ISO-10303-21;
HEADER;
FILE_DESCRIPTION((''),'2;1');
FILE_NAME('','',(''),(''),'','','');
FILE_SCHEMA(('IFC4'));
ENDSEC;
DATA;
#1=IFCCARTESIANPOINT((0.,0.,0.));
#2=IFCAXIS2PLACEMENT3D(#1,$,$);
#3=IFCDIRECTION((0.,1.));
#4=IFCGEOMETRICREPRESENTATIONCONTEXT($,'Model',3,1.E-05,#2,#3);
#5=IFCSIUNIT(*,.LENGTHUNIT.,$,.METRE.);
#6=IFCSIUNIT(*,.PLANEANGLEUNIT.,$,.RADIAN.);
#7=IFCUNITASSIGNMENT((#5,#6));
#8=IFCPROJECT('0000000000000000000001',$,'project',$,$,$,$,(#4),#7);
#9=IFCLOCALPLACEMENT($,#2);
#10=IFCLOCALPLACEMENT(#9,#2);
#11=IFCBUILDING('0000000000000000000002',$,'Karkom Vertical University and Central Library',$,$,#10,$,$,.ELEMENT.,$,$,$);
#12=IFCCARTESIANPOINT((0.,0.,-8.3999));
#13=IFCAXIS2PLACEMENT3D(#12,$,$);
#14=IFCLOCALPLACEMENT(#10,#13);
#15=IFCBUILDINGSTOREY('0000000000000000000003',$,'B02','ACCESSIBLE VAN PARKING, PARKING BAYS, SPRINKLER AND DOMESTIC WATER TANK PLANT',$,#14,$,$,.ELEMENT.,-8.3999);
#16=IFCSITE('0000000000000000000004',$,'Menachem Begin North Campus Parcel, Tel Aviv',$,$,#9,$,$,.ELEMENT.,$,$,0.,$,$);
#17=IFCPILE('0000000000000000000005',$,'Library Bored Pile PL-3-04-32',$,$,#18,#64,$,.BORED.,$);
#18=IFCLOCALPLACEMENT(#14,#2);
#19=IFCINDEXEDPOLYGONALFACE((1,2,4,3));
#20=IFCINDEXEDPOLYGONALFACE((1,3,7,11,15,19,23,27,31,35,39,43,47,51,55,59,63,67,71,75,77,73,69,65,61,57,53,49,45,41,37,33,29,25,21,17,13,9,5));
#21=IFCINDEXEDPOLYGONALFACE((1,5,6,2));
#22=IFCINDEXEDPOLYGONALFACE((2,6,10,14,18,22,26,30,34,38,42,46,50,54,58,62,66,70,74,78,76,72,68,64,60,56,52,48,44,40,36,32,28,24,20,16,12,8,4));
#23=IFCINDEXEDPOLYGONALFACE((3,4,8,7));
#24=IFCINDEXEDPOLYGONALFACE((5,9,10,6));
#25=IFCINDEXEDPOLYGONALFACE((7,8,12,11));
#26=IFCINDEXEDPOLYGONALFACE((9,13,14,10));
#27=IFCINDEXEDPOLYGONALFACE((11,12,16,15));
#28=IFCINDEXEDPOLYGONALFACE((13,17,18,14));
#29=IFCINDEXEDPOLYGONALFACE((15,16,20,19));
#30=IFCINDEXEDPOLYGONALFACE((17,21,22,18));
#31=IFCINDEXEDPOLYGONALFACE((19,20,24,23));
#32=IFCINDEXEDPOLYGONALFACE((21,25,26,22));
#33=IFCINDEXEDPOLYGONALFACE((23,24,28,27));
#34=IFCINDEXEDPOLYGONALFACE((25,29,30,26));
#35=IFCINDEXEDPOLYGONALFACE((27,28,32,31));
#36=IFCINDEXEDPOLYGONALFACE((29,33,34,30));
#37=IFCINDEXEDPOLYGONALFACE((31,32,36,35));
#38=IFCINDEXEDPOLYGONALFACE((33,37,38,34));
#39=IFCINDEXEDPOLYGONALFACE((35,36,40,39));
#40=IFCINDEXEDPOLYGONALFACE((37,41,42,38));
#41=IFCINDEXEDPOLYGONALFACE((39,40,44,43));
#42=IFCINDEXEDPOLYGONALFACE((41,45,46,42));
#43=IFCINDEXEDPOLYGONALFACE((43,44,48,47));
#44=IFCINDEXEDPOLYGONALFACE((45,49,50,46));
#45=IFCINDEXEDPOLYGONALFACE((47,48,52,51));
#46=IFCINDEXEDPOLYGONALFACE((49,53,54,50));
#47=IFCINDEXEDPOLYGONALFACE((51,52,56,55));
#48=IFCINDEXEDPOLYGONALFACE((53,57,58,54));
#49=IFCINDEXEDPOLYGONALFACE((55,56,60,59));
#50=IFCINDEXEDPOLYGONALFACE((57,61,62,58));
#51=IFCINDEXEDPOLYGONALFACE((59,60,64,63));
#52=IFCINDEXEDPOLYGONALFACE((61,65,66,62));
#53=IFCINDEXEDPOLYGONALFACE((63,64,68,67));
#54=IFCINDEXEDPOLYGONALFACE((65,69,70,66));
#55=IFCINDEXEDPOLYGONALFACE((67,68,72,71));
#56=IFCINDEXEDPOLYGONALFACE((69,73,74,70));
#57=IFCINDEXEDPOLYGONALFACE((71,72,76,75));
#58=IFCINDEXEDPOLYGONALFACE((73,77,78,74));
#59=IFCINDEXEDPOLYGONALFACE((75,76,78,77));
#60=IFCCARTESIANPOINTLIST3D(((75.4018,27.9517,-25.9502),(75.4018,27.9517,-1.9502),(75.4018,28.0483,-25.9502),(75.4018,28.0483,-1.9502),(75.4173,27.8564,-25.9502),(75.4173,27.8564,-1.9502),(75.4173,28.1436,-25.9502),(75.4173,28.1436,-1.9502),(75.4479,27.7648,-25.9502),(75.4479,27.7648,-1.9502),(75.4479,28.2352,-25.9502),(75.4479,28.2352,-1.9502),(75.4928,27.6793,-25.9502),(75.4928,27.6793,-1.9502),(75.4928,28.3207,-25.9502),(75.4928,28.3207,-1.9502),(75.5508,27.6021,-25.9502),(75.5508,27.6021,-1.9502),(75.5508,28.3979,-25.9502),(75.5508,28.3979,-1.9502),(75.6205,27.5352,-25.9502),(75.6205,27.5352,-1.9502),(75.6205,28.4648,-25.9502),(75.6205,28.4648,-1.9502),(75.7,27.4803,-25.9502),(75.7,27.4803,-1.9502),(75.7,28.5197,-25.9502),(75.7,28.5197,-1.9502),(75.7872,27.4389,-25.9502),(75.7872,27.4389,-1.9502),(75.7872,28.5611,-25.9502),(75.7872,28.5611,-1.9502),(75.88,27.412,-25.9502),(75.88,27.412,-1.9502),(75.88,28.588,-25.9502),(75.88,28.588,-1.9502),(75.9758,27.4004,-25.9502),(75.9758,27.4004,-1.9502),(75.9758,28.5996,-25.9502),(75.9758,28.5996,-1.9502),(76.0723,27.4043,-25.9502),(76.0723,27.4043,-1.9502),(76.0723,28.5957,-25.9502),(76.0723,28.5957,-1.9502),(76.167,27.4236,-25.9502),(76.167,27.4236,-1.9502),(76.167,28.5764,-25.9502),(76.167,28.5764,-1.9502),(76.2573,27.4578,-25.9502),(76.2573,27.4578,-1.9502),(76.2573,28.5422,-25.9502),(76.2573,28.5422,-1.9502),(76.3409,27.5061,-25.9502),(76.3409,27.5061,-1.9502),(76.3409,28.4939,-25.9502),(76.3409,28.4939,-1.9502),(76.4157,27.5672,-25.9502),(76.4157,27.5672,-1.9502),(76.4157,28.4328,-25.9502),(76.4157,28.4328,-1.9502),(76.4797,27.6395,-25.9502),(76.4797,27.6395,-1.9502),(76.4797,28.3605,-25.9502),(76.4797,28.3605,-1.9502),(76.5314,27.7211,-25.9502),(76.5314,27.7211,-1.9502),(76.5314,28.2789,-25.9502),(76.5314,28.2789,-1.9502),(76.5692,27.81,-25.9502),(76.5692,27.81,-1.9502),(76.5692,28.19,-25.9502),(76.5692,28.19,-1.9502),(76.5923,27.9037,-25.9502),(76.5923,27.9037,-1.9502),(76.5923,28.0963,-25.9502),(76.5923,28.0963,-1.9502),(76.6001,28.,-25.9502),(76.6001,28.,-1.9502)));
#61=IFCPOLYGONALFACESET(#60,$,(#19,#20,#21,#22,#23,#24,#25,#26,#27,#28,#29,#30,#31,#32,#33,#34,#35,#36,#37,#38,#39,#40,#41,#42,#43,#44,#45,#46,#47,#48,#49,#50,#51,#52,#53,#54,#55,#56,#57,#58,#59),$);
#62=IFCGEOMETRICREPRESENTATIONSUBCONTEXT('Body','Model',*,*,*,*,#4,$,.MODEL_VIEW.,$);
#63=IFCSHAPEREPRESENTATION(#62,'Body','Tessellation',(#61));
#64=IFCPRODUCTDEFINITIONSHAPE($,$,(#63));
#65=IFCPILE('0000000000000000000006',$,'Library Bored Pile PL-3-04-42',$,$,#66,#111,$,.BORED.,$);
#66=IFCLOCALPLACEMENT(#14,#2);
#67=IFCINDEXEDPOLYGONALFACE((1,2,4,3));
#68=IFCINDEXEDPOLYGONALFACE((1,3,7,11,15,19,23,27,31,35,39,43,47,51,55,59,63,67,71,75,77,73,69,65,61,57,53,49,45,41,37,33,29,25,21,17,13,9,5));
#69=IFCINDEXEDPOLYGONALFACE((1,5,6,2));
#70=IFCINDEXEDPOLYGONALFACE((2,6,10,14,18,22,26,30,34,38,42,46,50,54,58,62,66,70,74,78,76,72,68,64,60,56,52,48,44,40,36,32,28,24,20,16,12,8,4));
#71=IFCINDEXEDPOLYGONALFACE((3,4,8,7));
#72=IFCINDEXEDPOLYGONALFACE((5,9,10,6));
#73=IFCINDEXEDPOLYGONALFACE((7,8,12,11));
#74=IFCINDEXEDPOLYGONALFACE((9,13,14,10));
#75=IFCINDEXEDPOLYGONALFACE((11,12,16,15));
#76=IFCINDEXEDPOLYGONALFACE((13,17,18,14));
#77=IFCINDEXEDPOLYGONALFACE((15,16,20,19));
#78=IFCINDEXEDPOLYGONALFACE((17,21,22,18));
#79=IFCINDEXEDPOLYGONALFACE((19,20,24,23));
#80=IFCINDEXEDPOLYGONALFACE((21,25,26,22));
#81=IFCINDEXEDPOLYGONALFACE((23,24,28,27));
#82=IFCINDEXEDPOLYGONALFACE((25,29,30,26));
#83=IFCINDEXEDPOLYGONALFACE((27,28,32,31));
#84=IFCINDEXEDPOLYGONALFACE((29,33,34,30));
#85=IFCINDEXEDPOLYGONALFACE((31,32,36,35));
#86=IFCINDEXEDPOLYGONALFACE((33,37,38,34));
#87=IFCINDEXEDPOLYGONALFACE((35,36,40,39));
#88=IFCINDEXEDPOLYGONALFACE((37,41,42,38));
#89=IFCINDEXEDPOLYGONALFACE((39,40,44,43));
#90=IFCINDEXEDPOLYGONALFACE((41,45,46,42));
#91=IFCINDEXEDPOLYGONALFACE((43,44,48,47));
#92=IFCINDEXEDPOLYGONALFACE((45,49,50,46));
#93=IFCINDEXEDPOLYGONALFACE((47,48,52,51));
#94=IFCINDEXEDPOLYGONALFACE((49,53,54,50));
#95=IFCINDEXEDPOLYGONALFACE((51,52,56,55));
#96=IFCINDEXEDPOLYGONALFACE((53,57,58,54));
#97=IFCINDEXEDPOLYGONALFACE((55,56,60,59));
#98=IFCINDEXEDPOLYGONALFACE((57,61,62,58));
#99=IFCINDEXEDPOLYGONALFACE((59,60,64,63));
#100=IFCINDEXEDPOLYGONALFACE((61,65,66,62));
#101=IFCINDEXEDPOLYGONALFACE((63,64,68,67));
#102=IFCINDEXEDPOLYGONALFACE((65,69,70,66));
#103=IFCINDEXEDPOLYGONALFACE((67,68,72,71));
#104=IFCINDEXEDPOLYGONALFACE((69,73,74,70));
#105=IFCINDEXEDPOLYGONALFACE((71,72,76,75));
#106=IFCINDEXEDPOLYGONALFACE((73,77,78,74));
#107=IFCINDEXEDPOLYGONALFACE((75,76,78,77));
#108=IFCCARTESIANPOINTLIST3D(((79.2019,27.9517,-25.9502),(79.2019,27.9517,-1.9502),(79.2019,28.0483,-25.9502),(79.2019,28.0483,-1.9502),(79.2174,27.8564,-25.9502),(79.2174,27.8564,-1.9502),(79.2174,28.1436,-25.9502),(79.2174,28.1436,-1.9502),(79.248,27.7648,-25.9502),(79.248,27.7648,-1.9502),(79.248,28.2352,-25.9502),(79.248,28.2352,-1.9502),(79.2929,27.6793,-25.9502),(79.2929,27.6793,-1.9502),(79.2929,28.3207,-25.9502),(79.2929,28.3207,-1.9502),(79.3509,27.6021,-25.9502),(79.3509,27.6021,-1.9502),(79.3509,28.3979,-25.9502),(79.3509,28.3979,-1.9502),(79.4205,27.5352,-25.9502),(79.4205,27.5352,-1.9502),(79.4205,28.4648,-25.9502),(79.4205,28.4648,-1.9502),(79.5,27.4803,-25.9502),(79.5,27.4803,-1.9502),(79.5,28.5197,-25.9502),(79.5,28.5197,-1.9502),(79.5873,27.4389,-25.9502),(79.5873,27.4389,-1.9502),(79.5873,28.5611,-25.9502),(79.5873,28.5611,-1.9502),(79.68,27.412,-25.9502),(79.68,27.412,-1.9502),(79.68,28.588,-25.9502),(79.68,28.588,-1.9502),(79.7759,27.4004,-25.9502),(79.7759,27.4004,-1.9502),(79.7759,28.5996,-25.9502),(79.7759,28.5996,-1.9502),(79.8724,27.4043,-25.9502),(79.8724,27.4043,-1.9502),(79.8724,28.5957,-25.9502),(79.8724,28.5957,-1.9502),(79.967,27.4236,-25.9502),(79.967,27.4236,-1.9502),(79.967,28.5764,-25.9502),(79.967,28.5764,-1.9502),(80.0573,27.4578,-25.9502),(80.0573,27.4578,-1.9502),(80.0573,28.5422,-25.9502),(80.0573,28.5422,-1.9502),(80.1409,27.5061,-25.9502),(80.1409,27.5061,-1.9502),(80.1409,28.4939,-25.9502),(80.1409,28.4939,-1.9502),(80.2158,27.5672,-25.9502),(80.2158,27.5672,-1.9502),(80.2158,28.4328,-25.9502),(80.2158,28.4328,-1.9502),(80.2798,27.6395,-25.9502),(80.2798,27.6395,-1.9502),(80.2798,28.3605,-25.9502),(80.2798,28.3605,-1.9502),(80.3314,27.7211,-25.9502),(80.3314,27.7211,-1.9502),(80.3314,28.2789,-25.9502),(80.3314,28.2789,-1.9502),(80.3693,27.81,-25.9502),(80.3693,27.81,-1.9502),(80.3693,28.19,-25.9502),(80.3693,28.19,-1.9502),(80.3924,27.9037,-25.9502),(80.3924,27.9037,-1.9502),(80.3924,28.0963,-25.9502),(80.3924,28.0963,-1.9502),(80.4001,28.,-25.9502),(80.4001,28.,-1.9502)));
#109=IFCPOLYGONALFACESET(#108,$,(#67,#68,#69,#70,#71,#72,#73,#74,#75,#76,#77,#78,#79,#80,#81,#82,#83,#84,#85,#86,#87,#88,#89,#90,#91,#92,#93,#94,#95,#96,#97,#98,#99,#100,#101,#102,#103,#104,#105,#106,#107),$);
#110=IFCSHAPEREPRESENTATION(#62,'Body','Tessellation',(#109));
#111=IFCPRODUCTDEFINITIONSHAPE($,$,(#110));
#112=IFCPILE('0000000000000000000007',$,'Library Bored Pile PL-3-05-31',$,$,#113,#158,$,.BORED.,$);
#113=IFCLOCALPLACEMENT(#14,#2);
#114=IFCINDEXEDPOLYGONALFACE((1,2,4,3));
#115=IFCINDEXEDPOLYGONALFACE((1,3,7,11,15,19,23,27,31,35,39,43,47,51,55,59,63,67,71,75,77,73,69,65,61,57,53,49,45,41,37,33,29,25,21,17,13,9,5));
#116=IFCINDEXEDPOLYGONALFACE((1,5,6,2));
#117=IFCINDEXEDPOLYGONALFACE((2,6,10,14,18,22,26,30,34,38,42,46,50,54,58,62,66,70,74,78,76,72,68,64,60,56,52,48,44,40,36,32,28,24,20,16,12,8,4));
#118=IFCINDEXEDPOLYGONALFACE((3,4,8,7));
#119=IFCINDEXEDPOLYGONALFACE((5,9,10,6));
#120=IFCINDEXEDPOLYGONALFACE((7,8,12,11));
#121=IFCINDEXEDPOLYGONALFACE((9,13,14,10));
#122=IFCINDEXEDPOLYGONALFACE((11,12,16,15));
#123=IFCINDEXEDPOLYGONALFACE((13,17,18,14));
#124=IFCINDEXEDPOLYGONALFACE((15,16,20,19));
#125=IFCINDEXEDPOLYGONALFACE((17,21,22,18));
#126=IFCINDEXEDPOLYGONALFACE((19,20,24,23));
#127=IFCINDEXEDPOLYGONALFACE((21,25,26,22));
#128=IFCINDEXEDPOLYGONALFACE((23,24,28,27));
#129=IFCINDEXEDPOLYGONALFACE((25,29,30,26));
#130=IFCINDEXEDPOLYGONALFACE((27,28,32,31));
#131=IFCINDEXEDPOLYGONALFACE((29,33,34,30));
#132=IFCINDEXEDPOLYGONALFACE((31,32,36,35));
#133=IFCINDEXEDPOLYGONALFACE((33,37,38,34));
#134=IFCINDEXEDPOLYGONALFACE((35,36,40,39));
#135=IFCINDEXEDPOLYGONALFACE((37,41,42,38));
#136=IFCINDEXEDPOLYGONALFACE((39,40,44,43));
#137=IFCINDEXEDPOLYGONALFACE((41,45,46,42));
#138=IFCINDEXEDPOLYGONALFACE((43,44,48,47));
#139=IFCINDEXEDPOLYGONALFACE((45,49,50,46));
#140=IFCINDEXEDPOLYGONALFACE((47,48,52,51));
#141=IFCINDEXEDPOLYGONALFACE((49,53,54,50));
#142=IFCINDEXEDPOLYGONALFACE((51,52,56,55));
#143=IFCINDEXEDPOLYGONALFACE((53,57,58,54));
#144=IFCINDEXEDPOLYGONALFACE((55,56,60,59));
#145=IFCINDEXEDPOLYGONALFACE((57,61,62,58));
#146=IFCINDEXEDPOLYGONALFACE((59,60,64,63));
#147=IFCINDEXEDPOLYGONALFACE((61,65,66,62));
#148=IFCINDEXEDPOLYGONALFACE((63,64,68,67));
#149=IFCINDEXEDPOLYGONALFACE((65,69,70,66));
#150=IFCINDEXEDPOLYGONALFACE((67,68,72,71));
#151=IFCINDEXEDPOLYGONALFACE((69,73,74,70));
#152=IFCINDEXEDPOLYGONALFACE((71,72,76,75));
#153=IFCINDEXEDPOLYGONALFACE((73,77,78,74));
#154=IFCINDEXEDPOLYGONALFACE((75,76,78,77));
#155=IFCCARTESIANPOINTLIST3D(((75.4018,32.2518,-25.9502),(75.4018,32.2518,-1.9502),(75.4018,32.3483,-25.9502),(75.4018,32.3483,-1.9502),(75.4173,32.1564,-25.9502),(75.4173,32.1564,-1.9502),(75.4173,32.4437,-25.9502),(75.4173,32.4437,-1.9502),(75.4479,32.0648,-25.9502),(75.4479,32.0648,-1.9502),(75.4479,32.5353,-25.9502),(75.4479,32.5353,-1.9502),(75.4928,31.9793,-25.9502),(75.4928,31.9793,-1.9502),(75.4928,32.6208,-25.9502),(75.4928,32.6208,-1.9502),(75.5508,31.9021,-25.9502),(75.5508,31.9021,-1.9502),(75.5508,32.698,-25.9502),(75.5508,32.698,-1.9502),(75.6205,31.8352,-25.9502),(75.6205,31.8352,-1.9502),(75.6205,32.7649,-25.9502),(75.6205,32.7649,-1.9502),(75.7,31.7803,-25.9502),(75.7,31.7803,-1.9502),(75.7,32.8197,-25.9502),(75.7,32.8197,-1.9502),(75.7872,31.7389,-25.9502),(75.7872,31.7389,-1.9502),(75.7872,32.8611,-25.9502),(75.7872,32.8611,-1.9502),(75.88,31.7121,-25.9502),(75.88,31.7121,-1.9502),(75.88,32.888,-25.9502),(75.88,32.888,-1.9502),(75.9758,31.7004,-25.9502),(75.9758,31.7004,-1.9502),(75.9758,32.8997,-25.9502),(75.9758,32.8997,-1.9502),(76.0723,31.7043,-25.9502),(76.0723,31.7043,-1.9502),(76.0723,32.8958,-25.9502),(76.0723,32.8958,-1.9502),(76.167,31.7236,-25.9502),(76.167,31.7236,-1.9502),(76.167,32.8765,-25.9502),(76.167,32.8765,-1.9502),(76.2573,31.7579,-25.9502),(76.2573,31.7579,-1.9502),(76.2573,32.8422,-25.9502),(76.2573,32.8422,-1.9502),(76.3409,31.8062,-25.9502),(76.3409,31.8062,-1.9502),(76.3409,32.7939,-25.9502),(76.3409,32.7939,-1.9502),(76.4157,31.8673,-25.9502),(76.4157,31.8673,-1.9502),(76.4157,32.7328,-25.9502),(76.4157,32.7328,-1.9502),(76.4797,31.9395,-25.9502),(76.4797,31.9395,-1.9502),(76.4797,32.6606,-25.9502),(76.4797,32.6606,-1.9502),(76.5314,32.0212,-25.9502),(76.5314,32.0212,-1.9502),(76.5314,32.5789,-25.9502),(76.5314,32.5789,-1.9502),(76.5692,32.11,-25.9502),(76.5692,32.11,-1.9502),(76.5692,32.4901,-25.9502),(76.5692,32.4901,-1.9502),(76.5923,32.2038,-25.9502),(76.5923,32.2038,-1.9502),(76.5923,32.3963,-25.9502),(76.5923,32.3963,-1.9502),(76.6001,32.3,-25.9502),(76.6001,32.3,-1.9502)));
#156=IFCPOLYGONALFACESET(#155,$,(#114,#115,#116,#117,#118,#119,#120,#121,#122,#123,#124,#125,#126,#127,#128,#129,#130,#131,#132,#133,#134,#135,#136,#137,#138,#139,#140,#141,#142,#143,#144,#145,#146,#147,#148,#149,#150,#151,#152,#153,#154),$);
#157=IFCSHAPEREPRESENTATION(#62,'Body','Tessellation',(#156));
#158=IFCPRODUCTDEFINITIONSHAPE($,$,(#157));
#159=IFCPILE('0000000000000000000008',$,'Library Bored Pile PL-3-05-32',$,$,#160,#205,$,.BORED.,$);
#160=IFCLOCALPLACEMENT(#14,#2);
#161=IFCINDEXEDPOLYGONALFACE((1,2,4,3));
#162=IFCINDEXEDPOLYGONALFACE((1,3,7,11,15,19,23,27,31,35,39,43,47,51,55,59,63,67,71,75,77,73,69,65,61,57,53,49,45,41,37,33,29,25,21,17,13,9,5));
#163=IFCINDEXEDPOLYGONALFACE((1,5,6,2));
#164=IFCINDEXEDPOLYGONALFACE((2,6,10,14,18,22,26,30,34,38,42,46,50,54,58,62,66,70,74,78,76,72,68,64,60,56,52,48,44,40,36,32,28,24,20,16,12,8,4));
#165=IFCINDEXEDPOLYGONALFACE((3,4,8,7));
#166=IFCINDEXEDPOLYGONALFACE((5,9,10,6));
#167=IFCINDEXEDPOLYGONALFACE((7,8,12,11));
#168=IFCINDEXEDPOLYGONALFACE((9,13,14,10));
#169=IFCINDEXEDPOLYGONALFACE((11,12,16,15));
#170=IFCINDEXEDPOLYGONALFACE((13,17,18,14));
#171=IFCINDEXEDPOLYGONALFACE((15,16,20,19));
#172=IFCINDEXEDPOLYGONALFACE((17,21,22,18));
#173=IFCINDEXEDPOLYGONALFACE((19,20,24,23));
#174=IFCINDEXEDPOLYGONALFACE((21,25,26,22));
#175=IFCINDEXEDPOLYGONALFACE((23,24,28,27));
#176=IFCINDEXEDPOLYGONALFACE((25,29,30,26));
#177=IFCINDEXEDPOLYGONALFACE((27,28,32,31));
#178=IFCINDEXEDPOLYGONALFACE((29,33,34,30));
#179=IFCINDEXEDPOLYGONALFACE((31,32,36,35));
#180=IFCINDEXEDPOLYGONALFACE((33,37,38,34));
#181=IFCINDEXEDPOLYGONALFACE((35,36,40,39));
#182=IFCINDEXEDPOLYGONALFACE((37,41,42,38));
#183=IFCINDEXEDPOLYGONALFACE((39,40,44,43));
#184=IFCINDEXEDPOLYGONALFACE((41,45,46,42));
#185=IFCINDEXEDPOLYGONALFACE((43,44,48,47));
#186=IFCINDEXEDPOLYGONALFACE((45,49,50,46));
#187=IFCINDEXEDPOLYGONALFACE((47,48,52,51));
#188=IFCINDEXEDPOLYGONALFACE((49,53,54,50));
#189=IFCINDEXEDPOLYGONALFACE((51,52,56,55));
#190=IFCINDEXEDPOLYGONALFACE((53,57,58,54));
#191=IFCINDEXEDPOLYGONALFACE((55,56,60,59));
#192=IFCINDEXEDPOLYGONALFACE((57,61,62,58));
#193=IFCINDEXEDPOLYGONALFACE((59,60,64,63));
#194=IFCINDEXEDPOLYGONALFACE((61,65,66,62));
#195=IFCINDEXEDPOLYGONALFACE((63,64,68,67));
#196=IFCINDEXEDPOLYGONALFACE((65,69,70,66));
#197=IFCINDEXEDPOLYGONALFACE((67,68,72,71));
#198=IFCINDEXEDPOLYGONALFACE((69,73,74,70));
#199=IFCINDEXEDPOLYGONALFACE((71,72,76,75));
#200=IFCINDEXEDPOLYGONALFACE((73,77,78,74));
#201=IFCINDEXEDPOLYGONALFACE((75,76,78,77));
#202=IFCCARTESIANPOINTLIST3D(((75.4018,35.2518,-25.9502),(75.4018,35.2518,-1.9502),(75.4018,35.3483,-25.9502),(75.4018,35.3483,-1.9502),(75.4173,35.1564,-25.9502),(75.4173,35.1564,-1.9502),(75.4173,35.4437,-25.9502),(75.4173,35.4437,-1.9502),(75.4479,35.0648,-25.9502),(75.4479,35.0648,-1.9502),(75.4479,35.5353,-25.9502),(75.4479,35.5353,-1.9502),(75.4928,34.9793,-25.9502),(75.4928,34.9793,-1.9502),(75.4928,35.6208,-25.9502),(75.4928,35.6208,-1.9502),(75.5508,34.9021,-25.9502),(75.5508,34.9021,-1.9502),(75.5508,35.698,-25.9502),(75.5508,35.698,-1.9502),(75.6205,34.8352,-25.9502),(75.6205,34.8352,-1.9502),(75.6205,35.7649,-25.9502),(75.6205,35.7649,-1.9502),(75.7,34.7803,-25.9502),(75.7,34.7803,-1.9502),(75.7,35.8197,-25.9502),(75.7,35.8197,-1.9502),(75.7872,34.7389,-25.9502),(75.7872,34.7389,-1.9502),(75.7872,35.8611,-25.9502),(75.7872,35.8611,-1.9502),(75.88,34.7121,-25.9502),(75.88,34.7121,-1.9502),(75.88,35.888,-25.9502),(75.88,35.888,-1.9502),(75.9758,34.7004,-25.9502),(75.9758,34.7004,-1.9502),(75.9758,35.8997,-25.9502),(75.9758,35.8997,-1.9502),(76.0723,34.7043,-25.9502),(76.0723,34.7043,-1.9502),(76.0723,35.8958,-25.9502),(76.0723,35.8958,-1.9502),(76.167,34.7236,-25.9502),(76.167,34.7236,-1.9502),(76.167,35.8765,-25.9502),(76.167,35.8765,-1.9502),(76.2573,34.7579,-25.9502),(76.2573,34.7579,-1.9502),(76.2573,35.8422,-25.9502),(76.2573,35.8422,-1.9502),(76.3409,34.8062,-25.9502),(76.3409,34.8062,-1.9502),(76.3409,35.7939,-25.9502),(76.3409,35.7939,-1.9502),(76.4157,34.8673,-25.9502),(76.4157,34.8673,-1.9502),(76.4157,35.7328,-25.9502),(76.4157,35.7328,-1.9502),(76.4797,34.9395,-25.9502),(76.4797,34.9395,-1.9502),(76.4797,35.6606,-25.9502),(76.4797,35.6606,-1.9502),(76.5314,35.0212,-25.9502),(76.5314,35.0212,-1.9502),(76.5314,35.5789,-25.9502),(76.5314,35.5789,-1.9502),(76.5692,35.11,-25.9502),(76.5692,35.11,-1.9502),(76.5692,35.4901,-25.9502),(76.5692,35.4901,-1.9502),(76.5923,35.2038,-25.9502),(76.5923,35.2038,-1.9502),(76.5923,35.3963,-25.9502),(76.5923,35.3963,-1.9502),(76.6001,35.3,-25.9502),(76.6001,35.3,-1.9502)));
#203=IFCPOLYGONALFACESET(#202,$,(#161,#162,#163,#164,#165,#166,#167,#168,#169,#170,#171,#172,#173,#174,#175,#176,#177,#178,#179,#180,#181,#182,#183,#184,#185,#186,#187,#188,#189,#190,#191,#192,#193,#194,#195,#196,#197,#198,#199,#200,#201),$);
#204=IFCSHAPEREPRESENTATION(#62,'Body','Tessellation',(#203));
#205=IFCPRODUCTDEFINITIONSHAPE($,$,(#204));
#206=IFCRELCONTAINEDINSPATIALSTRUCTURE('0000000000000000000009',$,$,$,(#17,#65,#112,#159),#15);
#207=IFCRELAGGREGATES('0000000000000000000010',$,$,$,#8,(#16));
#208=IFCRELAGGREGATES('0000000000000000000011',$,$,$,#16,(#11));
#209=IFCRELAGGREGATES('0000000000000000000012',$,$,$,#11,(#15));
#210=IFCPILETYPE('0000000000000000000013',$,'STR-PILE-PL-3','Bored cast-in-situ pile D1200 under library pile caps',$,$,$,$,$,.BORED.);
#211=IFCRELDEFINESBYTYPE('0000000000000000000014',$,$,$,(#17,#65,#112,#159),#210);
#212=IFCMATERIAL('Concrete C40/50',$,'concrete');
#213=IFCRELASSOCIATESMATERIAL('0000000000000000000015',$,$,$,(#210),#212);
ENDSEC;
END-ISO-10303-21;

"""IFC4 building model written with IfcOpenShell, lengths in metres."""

from ifc_helpers import new_model, si_unit, direction, frame, origin, origin_with_axes, origin_2d, place, context, subcontext, project, spatial, circle, extrude, source, transform, mapped, material, material_profile, profile_set, type_object, element, save


model = new_model("IFC4")

# Units and contexts
model_context = context("Model", 3, precision=1e-05, world=origin(), true_north=direction((0.0, 1.0)))
body_context = subcontext(model_context, "Body", "Model", "MODEL_VIEW")
ifc_project = project(units=[si_unit("LENGTHUNIT", "METRE"), si_unit("PLANEANGLEUNIT", "RADIAN")], contexts=[model_context])

# Site, building, storey
site_placement = place(None, origin())
site = spatial("IfcSite", under=ifc_project, at=site_placement, Name="Menachem Begin North Campus Parcel, Tel Aviv", CompositionType="ELEMENT", RefElevation=0.0)
building_placement = place(site_placement, origin())
building = spatial("IfcBuilding", under=site, at=building_placement, Name="Karkom Vertical University and Central Library", CompositionType="ELEMENT")
storey_placement = place(building_placement, frame((0.0, 0.0, -8.3999)))
storey = spatial("IfcBuildingStorey", under=building, at=storey_placement, Name="B02", Description="ACCESSIBLE VAN PARKING, PARKING BAYS, SPRINKLER AND DOMESTIC WATER TANK PLANT", CompositionType="ELEMENT", Elevation=-8.3999)

# Piles
ifc_material_1 = material(Name="Concrete C40/50", Category="concrete")
ifc_material_profile_1 = material_profile(ifc_material_1, circle(Radius=0.6001, at=origin_2d()), Name="PILE-D1200")
ifc_profile_set_1 = profile_set([ifc_material_profile_1], Name="Concrete C40/50")
pile_type = type_object("IfcPileType", Name="STR-PILE-PL-3", Description="Bored cast-in-situ pile D1200 under library pile caps", PredefinedType="BORED", material=ifc_profile_set_1)
shared_shape_1 = source(origin_with_axes(), body_context, "Body", "SweptSolid", [
    extrude(circle(Radius=0.6001, at=origin_2d()), origin(), (0.0, 0.0, 1.0), 24.0),
])
for number, where, z_axis, x_axis, name in (
    (1, (76.0, 28.0, -1.9502), (0.0, 0.0, -1.0), (1.0, 0.0, 0.0), "Library Bored Pile PL-3-04-32"),
    (2, (79.8, 28.0, -1.9502), (0.0, 0.0, -1.0), (1.0, 0.0, 0.0), "Library Bored Pile PL-3-04-42"),
    (3, (76.0, 32.3, -1.9502), (0.0, 0.0, -1.0), (1.0, 0.0, 0.0), "Library Bored Pile PL-3-05-31"),
    (4, (76.0, 35.3, -1.9502), (0.0, 0.0, -1.0), (1.0, 0.0, 0.0), "Library Bored Pile PL-3-05-32"),
):
    element("IfcPile", number, at=place(storey_placement, frame(where, z_axis=z_axis, x_axis=x_axis)), inside=storey, type_object=pile_type, Name=name, PredefinedType="BORED", context=body_context, shape_type="MappedRepresentation", body=[
        mapped(shared_shape_1, transform((0.0, 0.0, 0.0), scale=1.0)),
    ])

save(model, "model.ifc")
